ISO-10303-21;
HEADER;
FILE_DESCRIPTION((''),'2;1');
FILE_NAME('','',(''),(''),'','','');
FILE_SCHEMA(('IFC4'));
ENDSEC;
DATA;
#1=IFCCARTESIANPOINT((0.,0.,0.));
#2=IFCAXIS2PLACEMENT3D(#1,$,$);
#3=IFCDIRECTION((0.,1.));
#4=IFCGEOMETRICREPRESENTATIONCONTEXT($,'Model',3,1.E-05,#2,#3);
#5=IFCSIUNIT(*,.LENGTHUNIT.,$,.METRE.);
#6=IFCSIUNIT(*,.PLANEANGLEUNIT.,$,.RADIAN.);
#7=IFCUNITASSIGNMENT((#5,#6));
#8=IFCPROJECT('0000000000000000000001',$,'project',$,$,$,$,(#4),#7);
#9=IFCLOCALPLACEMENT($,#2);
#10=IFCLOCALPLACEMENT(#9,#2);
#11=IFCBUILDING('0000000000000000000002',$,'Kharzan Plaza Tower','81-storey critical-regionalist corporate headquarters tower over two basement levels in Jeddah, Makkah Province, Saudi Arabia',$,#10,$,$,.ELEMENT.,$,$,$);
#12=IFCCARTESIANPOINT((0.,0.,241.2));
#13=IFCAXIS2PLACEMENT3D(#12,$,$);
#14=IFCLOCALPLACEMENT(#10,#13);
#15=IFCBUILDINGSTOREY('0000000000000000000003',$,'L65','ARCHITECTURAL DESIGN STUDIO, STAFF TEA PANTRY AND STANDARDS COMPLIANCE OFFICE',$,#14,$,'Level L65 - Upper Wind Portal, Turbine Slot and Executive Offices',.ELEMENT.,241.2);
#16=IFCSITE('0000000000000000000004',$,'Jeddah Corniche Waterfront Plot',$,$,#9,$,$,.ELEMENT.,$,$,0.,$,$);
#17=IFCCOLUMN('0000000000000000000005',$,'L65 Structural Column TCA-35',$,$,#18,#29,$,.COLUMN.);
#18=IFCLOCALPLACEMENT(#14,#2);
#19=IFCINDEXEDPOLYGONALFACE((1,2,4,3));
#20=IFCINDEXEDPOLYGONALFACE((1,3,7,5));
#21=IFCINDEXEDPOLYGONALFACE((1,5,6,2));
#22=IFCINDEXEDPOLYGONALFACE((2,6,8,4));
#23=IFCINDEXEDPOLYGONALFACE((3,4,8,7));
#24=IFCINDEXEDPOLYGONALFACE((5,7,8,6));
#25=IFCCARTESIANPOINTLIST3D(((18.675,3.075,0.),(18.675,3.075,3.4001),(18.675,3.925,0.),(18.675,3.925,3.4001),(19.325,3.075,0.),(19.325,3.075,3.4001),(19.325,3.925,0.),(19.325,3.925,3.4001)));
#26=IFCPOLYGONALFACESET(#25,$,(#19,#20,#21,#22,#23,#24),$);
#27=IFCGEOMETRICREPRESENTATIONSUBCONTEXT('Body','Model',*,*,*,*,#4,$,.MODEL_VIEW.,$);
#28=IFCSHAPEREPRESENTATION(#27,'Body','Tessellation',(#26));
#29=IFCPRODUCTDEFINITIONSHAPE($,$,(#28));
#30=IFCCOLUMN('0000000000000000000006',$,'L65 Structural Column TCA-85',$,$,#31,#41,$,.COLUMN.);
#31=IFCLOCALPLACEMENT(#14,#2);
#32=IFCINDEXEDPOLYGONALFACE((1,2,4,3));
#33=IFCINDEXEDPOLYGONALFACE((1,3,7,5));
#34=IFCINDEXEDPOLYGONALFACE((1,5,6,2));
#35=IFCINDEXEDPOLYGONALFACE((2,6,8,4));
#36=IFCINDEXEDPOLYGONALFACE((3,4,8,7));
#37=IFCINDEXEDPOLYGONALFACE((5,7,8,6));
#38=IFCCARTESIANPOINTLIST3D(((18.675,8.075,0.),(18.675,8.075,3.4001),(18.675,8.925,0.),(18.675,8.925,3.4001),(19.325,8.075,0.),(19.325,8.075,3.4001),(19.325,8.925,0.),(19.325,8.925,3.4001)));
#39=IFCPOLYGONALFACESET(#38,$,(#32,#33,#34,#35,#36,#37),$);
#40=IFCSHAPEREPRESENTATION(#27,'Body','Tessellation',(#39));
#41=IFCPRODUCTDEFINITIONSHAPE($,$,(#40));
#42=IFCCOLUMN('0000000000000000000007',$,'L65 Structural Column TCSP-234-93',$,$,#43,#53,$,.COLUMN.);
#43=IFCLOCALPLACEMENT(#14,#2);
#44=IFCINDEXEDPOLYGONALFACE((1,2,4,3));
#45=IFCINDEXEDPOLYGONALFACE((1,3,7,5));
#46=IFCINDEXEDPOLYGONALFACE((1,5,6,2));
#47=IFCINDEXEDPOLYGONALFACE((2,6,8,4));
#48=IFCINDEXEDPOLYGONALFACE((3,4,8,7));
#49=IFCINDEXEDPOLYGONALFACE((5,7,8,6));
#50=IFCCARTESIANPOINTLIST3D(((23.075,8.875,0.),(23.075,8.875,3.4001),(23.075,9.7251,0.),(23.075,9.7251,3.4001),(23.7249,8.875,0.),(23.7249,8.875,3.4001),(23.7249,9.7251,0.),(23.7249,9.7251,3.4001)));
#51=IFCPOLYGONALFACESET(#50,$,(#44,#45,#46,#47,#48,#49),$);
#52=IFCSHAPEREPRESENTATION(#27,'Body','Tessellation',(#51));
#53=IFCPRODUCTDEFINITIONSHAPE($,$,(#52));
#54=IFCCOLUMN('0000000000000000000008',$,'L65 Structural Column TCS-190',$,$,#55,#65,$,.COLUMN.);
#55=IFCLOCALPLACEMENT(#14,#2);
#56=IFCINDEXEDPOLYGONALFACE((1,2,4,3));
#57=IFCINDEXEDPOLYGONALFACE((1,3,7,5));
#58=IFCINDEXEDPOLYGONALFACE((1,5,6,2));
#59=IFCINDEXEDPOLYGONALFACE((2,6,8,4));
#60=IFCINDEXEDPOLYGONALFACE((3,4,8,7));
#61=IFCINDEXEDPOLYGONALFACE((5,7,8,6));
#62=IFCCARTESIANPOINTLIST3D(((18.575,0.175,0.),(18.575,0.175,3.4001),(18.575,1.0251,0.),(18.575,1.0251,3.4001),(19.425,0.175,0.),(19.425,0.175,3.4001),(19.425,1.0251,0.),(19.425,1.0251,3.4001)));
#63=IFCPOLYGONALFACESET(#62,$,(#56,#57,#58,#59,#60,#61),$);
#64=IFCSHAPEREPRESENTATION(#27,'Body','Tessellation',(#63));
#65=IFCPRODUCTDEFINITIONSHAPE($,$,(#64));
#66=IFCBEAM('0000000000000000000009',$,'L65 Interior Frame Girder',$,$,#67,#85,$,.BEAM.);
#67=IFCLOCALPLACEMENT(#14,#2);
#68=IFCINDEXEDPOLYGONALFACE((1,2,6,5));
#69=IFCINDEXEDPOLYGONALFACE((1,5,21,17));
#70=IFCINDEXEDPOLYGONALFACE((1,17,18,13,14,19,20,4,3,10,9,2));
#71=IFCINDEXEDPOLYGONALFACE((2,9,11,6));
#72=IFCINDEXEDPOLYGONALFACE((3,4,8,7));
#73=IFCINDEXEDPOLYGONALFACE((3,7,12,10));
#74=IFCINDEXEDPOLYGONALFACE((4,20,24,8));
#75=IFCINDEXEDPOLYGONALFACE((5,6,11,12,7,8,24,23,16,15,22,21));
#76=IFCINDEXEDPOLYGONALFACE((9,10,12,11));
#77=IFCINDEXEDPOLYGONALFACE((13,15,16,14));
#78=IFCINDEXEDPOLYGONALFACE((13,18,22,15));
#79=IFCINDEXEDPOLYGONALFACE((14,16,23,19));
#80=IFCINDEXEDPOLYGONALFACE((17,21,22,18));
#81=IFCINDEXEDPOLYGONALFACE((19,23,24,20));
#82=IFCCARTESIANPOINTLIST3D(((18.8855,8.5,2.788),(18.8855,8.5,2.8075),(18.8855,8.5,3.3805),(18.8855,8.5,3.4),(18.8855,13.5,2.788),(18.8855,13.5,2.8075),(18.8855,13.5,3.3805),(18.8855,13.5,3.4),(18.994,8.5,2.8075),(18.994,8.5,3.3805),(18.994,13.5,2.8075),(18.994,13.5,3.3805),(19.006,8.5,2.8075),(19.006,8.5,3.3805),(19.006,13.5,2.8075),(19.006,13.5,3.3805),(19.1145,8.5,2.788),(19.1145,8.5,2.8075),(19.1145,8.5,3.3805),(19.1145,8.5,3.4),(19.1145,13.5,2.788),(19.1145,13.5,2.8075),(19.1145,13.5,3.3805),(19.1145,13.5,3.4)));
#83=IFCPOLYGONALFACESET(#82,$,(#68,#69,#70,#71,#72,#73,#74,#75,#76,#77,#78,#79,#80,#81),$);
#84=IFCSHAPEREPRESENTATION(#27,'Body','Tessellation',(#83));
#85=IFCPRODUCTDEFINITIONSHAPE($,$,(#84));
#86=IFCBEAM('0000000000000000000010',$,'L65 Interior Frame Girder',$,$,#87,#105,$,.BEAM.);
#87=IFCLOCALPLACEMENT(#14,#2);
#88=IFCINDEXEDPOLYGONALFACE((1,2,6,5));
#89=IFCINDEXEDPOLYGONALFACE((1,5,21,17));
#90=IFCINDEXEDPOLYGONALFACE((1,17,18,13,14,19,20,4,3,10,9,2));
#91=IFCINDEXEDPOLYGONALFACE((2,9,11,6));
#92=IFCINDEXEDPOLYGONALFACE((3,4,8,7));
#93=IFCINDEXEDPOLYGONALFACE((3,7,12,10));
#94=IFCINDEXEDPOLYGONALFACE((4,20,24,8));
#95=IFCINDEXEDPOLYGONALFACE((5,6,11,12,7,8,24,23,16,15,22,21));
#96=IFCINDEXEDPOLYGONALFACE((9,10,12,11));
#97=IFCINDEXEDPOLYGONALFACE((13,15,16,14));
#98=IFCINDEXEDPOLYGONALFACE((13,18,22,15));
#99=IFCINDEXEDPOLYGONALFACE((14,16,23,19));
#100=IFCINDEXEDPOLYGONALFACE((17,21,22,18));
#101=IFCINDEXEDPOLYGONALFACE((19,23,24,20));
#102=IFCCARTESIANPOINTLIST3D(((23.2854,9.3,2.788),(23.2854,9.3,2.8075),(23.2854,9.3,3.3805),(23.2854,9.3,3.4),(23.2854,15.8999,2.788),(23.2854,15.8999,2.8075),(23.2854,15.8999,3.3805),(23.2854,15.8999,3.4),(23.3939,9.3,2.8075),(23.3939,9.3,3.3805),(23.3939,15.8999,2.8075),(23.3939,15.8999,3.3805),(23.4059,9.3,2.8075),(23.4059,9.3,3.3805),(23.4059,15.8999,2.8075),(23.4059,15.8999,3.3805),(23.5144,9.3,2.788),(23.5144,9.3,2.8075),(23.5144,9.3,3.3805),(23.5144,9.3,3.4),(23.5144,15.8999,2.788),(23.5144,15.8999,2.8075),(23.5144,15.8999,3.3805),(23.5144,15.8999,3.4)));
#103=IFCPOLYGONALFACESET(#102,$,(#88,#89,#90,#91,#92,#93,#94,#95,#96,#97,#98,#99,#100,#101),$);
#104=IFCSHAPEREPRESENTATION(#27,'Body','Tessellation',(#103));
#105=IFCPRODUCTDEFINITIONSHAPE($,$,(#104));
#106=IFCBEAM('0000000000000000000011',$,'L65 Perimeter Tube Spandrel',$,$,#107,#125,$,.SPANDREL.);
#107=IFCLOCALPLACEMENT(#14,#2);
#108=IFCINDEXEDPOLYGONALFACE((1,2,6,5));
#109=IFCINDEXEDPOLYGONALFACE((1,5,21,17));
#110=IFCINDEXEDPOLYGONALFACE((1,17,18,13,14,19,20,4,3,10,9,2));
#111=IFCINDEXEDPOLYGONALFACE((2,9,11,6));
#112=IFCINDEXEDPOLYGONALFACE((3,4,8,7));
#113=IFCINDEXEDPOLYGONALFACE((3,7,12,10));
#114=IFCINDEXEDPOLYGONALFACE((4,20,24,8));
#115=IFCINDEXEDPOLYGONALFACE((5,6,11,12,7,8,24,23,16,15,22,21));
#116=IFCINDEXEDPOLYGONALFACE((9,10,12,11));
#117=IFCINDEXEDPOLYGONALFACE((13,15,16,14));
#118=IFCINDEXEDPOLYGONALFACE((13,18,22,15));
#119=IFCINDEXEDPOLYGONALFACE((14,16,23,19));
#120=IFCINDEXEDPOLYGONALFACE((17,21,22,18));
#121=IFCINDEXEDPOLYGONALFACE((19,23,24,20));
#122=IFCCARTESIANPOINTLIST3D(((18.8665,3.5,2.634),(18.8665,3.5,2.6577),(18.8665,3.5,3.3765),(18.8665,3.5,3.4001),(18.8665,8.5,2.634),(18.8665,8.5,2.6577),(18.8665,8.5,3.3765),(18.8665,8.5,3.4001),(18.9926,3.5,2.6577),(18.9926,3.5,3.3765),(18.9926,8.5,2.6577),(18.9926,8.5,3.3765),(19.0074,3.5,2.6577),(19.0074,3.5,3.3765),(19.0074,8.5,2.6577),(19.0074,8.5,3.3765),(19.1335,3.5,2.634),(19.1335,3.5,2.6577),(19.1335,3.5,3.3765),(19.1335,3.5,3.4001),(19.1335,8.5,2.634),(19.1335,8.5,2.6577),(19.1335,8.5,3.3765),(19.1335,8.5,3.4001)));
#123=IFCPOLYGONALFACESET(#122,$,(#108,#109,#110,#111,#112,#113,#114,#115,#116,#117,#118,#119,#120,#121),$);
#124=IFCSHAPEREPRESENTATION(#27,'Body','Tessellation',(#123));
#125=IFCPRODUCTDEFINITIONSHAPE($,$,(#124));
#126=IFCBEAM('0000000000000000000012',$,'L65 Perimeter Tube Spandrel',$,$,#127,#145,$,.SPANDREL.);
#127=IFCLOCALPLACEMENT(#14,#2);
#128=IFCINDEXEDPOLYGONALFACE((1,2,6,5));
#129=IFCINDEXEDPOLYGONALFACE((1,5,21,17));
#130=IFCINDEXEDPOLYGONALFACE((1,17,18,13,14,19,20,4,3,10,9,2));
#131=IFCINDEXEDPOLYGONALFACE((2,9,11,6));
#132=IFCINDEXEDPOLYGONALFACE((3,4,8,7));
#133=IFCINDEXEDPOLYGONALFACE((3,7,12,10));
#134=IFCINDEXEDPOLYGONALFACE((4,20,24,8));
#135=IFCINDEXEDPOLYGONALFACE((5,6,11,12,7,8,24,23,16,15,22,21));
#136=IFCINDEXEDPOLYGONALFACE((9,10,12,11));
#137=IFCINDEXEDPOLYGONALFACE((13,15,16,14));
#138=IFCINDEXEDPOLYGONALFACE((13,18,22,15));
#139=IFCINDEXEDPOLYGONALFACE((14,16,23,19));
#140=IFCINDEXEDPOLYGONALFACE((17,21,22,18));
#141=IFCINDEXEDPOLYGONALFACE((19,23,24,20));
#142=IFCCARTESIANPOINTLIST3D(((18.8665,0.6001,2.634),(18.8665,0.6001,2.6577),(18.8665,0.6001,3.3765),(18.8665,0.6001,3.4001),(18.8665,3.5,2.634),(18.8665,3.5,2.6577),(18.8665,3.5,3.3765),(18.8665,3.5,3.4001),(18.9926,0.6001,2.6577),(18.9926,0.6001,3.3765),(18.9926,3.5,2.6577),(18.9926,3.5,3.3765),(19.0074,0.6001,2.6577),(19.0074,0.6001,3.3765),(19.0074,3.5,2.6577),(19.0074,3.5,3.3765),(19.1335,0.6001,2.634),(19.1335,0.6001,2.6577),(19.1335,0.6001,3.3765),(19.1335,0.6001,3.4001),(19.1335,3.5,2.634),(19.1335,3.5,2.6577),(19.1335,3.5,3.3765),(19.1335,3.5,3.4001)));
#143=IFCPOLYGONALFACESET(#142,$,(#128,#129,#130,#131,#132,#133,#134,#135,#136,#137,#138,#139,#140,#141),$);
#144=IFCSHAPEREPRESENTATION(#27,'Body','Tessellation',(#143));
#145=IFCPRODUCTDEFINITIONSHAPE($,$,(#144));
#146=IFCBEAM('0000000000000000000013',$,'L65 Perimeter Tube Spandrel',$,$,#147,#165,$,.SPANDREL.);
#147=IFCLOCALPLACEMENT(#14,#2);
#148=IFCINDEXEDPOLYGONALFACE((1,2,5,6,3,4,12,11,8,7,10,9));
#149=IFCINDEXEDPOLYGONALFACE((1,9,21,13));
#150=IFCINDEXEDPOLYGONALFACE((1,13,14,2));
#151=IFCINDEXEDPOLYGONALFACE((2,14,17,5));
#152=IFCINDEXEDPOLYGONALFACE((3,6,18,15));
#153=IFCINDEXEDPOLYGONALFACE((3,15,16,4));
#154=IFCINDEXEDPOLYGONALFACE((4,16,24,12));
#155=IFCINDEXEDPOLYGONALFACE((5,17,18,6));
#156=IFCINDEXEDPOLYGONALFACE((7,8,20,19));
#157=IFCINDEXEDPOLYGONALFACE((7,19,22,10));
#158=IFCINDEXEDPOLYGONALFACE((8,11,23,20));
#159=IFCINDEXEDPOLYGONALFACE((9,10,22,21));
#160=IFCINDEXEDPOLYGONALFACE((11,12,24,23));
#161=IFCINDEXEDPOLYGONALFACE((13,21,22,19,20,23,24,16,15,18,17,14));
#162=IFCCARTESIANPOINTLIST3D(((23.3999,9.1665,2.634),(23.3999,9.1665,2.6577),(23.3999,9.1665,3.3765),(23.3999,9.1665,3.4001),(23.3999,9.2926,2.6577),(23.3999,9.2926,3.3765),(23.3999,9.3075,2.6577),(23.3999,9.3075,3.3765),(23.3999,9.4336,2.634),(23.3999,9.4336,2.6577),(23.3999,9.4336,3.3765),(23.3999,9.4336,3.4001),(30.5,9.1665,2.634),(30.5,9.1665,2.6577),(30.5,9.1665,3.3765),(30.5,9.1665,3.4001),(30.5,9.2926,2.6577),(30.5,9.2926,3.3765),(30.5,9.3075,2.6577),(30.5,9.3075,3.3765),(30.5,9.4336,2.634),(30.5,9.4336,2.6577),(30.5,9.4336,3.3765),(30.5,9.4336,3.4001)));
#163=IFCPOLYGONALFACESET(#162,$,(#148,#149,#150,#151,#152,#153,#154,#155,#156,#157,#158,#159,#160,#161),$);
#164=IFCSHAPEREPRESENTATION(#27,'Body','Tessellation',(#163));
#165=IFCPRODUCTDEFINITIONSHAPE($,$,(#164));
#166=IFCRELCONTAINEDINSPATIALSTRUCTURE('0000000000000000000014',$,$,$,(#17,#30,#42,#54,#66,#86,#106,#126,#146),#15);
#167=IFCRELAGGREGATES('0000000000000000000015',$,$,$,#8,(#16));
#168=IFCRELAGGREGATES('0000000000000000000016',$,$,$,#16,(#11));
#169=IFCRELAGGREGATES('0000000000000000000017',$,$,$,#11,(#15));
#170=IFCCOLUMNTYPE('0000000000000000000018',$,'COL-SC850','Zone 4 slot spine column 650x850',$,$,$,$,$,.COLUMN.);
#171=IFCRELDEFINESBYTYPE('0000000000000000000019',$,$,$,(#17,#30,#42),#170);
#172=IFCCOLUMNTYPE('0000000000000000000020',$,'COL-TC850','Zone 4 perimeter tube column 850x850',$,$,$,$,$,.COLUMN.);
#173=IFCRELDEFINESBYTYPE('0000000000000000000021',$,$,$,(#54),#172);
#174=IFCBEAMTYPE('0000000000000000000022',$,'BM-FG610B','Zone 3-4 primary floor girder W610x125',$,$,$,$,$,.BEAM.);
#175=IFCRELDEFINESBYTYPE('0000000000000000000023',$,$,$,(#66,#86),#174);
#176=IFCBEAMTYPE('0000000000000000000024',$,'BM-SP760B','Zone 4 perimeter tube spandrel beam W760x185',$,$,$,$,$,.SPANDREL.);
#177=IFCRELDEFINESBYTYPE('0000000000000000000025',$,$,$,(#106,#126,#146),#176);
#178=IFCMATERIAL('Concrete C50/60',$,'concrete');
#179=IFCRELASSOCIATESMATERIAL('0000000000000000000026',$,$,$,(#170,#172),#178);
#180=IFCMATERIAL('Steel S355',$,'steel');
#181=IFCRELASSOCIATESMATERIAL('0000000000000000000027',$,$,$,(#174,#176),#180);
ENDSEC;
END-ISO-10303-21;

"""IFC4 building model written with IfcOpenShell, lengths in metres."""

from ifc_helpers import new_model, si_unit, direction, frame, origin, origin_2d, place, context, subcontext, project, spatial, rectangle, i_section, extrude, source, transform, mapped, material, material_profile, profile_set, type_object, element, save


model = new_model("IFC4")

# Units and contexts
model_context = context("Model", 3, precision=1e-05, world=origin(), true_north=direction((0.0, 1.0)))
body_context = subcontext(model_context, "Body", "Model", "MODEL_VIEW")
ifc_project = project(units=[si_unit("LENGTHUNIT", "METRE"), si_unit("PLANEANGLEUNIT", "RADIAN")], contexts=[model_context])

# Site, building, storey
site_placement = place(None, origin())
site = spatial("IfcSite", under=ifc_project, at=site_placement, Name="Jeddah Corniche Waterfront Plot", CompositionType="ELEMENT", RefElevation=0.0)
building_placement = place(site_placement, origin())
building = spatial("IfcBuilding", under=site, at=building_placement, Name="Kharzan Plaza Tower", Description="81-storey critical-regionalist corporate headquarters tower over two basement levels in Jeddah, Makkah Province, Saudi Arabia", CompositionType="ELEMENT")
storey_placement = place(building_placement, frame((0.0, 0.0, 241.2)))
storey = spatial("IfcBuildingStorey", under=building, at=storey_placement, Name="L65", Description="ARCHITECTURAL DESIGN STUDIO, STAFF TEA PANTRY AND STANDARDS COMPLIANCE OFFICE", LongName="Level L65 - Upper Wind Portal, Turbine Slot and Executive Offices", CompositionType="ELEMENT", Elevation=241.2)

# Columns
ifc_material_1 = material(Name="Concrete C50/60", Category="concrete")
ifc_material_profile_1 = material_profile(ifc_material_1, rectangle(XDim=0.6499, YDim=0.8501, at=origin_2d()), Name="RC-SC850x650")
ifc_profile_set_1 = profile_set([ifc_material_profile_1], Name="Concrete C50/60")
column_type_1 = type_object("IfcColumnType", Name="COL-SC850", Description="Zone 4 slot spine column 650x850", PredefinedType="COLUMN", material=ifc_profile_set_1)
shared_shape_1 = source(origin(), body_context, "Body", "SweptSolid", [
    extrude(rectangle(XDim=0.6499, YDim=0.8501, at=origin_2d()), origin(), (0.0, 0.0, 1.0), 3.4001),
])
for number, where, z_axis, x_axis, name in (
    (1, (19.0, 3.5, 0.0), (0.0, 0.0, 1.0), (1.0, 0.0, 0.0), "L65 Structural Column TCA-35"),
    (2, (19.0, 8.5, 0.0), (0.0, 0.0, 1.0), (1.0, 0.0, 0.0), "L65 Structural Column TCA-85"),
    (3, (23.3999, 9.3, 0.0), (0.0, 0.0, 1.0), (1.0, 0.0, 0.0), "L65 Structural Column TCSP-234-93"),
):
    element("IfcColumn", number, at=place(storey_placement, frame(where, z_axis=z_axis, x_axis=x_axis)), inside=storey, type_object=column_type_1, Name=name, PredefinedType="COLUMN", context=body_context, shape_type="MappedRepresentation", body=[
        mapped(shared_shape_1, transform((0.0, 0.0, 0.0), x_axis=(1.0, 0.0, 0.0), y_axis=(0.0, 1.0, 0.0), z_axis=(0.0, 0.0, 1.0))),
    ])
ifc_material_profile_2 = material_profile(ifc_material_1, rectangle(XDim=0.8501, YDim=0.8501, at=origin_2d()), Name="RC-TC850x850")
ifc_profile_set_2 = profile_set([ifc_material_profile_2], Name="Concrete C50/60")
column_type_2 = type_object("IfcColumnType", Name="COL-TC850", Description="Zone 4 perimeter tube column 850x850", PredefinedType="COLUMN", material=ifc_profile_set_2)
shared_shape_2 = source(origin(), body_context, "Body", "SweptSolid", [
    extrude(rectangle(XDim=0.8501, YDim=0.8501, at=origin_2d()), origin(), (0.0, 0.0, 1.0), 3.4001),
])
column_placement = place(storey_placement, frame((19.0, 0.6001, 0.0), z_axis=(0.0, 0.0, 1.0), x_axis=(1.0, 0.0, 0.0)))
element("IfcColumn", 4, at=column_placement, inside=storey, type_object=column_type_2, Name="L65 Structural Column TCS-190", PredefinedType="COLUMN", context=body_context, shape_type="MappedRepresentation", body=[
    mapped(shared_shape_2, transform((0.0, 0.0, 0.0), x_axis=(1.0, 0.0, 0.0), y_axis=(0.0, 1.0, 0.0), z_axis=(0.0, 0.0, 1.0))),
])

# Beams
ifc_material_2 = material(Name="Steel S355", Category="steel")
ifc_material_profile_3 = material_profile(ifc_material_2, i_section(OverallWidth=0.229, OverallDepth=0.6121, WebThickness=0.012, FlangeThickness=0.0195, at=origin_2d()), Name="W610x125")
ifc_profile_set_3 = profile_set([ifc_material_profile_3], Name="Steel S355")
beam_type_1 = type_object("IfcBeamType", Name="BM-FG610B", Description="Zone 3-4 primary floor girder W610x125", PredefinedType="BEAM", material=ifc_profile_set_3)
shared_shape_3 = source(origin(), body_context, "Body", "SweptSolid", [
    extrude(i_section(OverallWidth=0.229, OverallDepth=0.6121, WebThickness=0.012, FlangeThickness=0.0195, at=origin_2d()), origin(), (0.0, 0.0, 1.0), 5.0),
])
beam_1_placement = place(storey_placement, frame((19.0, 8.5, 3.094), z_axis=(0.0, 1.0, 0.0), x_axis=(-1.0, 0.0, 0.0)))
element("IfcBeam", 5, at=beam_1_placement, inside=storey, type_object=beam_type_1, Name="L65 Interior Frame Girder", PredefinedType="BEAM", context=body_context, shape_type="MappedRepresentation", body=[
    mapped(shared_shape_3, transform((0.0, 0.0, 0.0), x_axis=(1.0, 0.0, 0.0), y_axis=(0.0, 1.0, 0.0), z_axis=(0.0, 0.0, 1.0))),
])
shared_shape_4 = source(origin(), body_context, "Body", "SweptSolid", [
    extrude(i_section(OverallWidth=0.229, OverallDepth=0.6121, WebThickness=0.012, FlangeThickness=0.0195, at=origin_2d()), origin(), (0.0, 0.0, 1.0), 6.5999),
])
beam_2_placement = place(storey_placement, frame((23.3999, 9.3, 3.094), z_axis=(0.0, 1.0, 0.0), x_axis=(-1.0, 0.0, 0.0)))
element("IfcBeam", 6, at=beam_2_placement, inside=storey, type_object=beam_type_1, Name="L65 Interior Frame Girder", PredefinedType="BEAM", context=body_context, shape_type="MappedRepresentation", body=[
    mapped(shared_shape_4, transform((0.0, 0.0, 0.0), x_axis=(1.0, 0.0, 0.0), y_axis=(0.0, 1.0, 0.0), z_axis=(0.0, 0.0, 1.0))),
])
ifc_material_profile_4 = material_profile(ifc_material_2, i_section(OverallWidth=0.2671, OverallDepth=0.7661, WebThickness=0.0149, FlangeThickness=0.0237, at=origin_2d()), Name="W760x185")
ifc_profile_set_4 = profile_set([ifc_material_profile_4], Name="Steel S355")
beam_type_2 = type_object("IfcBeamType", Name="BM-SP760B", Description="Zone 4 perimeter tube spandrel beam W760x185", PredefinedType="SPANDREL", material=ifc_profile_set_4)
shared_shape_5 = source(origin(), body_context, "Body", "SweptSolid", [
    extrude(i_section(OverallWidth=0.2671, OverallDepth=0.7661, WebThickness=0.0149, FlangeThickness=0.0237, at=origin_2d()), origin(), (0.0, 0.0, 1.0), 5.0),
])
beam_3_placement = place(storey_placement, frame((19.0, 3.5, 3.0171), z_axis=(0.0, 1.0, 0.0), x_axis=(-1.0, 0.0, 0.0)))
element("IfcBeam", 7, at=beam_3_placement, inside=storey, type_object=beam_type_2, Name="L65 Perimeter Tube Spandrel", PredefinedType="SPANDREL", context=body_context, shape_type="MappedRepresentation", body=[
    mapped(shared_shape_5, transform((0.0, 0.0, 0.0), x_axis=(1.0, 0.0, 0.0), y_axis=(0.0, 1.0, 0.0), z_axis=(0.0, 0.0, 1.0))),
])
shared_shape_6 = source(origin(), body_context, "Body", "SweptSolid", [
    extrude(i_section(OverallWidth=0.2671, OverallDepth=0.7661, WebThickness=0.0149, FlangeThickness=0.0237, at=origin_2d()), origin(), (0.0, 0.0, 1.0), 2.8999),
])
beam_4_placement = place(storey_placement, frame((19.0, 0.6001, 3.0171), z_axis=(0.0, 1.0, 0.0), x_axis=(-1.0, 0.0, 0.0)))
element("IfcBeam", 8, at=beam_4_placement, inside=storey, type_object=beam_type_2, Name="L65 Perimeter Tube Spandrel", PredefinedType="SPANDREL", context=body_context, shape_type="MappedRepresentation", body=[
    mapped(shared_shape_6, transform((0.0, 0.0, 0.0), x_axis=(1.0, 0.0, 0.0), y_axis=(0.0, 1.0, 0.0), z_axis=(0.0, 0.0, 1.0))),
])
shared_shape_7 = source(origin(), body_context, "Body", "SweptSolid", [
    extrude(i_section(OverallWidth=0.2671, OverallDepth=0.7661, WebThickness=0.0149, FlangeThickness=0.0237, at=origin_2d()), origin(), (0.0, 0.0, 1.0), 7.1001),
])
beam_5_placement = place(storey_placement, frame((23.3999, 9.3, 3.0171), z_axis=(1.0, 0.0, 0.0), x_axis=(0.0, 1.0, 0.0)))
element("IfcBeam", 9, at=beam_5_placement, inside=storey, type_object=beam_type_2, Name="L65 Perimeter Tube Spandrel", PredefinedType="SPANDREL", context=body_context, shape_type="MappedRepresentation", body=[
    mapped(shared_shape_7, transform((0.0, 0.0, 0.0), x_axis=(1.0, 0.0, 0.0), y_axis=(0.0, 1.0, 0.0), z_axis=(0.0, 0.0, 1.0))),
])

save(model, "model.ifc")
